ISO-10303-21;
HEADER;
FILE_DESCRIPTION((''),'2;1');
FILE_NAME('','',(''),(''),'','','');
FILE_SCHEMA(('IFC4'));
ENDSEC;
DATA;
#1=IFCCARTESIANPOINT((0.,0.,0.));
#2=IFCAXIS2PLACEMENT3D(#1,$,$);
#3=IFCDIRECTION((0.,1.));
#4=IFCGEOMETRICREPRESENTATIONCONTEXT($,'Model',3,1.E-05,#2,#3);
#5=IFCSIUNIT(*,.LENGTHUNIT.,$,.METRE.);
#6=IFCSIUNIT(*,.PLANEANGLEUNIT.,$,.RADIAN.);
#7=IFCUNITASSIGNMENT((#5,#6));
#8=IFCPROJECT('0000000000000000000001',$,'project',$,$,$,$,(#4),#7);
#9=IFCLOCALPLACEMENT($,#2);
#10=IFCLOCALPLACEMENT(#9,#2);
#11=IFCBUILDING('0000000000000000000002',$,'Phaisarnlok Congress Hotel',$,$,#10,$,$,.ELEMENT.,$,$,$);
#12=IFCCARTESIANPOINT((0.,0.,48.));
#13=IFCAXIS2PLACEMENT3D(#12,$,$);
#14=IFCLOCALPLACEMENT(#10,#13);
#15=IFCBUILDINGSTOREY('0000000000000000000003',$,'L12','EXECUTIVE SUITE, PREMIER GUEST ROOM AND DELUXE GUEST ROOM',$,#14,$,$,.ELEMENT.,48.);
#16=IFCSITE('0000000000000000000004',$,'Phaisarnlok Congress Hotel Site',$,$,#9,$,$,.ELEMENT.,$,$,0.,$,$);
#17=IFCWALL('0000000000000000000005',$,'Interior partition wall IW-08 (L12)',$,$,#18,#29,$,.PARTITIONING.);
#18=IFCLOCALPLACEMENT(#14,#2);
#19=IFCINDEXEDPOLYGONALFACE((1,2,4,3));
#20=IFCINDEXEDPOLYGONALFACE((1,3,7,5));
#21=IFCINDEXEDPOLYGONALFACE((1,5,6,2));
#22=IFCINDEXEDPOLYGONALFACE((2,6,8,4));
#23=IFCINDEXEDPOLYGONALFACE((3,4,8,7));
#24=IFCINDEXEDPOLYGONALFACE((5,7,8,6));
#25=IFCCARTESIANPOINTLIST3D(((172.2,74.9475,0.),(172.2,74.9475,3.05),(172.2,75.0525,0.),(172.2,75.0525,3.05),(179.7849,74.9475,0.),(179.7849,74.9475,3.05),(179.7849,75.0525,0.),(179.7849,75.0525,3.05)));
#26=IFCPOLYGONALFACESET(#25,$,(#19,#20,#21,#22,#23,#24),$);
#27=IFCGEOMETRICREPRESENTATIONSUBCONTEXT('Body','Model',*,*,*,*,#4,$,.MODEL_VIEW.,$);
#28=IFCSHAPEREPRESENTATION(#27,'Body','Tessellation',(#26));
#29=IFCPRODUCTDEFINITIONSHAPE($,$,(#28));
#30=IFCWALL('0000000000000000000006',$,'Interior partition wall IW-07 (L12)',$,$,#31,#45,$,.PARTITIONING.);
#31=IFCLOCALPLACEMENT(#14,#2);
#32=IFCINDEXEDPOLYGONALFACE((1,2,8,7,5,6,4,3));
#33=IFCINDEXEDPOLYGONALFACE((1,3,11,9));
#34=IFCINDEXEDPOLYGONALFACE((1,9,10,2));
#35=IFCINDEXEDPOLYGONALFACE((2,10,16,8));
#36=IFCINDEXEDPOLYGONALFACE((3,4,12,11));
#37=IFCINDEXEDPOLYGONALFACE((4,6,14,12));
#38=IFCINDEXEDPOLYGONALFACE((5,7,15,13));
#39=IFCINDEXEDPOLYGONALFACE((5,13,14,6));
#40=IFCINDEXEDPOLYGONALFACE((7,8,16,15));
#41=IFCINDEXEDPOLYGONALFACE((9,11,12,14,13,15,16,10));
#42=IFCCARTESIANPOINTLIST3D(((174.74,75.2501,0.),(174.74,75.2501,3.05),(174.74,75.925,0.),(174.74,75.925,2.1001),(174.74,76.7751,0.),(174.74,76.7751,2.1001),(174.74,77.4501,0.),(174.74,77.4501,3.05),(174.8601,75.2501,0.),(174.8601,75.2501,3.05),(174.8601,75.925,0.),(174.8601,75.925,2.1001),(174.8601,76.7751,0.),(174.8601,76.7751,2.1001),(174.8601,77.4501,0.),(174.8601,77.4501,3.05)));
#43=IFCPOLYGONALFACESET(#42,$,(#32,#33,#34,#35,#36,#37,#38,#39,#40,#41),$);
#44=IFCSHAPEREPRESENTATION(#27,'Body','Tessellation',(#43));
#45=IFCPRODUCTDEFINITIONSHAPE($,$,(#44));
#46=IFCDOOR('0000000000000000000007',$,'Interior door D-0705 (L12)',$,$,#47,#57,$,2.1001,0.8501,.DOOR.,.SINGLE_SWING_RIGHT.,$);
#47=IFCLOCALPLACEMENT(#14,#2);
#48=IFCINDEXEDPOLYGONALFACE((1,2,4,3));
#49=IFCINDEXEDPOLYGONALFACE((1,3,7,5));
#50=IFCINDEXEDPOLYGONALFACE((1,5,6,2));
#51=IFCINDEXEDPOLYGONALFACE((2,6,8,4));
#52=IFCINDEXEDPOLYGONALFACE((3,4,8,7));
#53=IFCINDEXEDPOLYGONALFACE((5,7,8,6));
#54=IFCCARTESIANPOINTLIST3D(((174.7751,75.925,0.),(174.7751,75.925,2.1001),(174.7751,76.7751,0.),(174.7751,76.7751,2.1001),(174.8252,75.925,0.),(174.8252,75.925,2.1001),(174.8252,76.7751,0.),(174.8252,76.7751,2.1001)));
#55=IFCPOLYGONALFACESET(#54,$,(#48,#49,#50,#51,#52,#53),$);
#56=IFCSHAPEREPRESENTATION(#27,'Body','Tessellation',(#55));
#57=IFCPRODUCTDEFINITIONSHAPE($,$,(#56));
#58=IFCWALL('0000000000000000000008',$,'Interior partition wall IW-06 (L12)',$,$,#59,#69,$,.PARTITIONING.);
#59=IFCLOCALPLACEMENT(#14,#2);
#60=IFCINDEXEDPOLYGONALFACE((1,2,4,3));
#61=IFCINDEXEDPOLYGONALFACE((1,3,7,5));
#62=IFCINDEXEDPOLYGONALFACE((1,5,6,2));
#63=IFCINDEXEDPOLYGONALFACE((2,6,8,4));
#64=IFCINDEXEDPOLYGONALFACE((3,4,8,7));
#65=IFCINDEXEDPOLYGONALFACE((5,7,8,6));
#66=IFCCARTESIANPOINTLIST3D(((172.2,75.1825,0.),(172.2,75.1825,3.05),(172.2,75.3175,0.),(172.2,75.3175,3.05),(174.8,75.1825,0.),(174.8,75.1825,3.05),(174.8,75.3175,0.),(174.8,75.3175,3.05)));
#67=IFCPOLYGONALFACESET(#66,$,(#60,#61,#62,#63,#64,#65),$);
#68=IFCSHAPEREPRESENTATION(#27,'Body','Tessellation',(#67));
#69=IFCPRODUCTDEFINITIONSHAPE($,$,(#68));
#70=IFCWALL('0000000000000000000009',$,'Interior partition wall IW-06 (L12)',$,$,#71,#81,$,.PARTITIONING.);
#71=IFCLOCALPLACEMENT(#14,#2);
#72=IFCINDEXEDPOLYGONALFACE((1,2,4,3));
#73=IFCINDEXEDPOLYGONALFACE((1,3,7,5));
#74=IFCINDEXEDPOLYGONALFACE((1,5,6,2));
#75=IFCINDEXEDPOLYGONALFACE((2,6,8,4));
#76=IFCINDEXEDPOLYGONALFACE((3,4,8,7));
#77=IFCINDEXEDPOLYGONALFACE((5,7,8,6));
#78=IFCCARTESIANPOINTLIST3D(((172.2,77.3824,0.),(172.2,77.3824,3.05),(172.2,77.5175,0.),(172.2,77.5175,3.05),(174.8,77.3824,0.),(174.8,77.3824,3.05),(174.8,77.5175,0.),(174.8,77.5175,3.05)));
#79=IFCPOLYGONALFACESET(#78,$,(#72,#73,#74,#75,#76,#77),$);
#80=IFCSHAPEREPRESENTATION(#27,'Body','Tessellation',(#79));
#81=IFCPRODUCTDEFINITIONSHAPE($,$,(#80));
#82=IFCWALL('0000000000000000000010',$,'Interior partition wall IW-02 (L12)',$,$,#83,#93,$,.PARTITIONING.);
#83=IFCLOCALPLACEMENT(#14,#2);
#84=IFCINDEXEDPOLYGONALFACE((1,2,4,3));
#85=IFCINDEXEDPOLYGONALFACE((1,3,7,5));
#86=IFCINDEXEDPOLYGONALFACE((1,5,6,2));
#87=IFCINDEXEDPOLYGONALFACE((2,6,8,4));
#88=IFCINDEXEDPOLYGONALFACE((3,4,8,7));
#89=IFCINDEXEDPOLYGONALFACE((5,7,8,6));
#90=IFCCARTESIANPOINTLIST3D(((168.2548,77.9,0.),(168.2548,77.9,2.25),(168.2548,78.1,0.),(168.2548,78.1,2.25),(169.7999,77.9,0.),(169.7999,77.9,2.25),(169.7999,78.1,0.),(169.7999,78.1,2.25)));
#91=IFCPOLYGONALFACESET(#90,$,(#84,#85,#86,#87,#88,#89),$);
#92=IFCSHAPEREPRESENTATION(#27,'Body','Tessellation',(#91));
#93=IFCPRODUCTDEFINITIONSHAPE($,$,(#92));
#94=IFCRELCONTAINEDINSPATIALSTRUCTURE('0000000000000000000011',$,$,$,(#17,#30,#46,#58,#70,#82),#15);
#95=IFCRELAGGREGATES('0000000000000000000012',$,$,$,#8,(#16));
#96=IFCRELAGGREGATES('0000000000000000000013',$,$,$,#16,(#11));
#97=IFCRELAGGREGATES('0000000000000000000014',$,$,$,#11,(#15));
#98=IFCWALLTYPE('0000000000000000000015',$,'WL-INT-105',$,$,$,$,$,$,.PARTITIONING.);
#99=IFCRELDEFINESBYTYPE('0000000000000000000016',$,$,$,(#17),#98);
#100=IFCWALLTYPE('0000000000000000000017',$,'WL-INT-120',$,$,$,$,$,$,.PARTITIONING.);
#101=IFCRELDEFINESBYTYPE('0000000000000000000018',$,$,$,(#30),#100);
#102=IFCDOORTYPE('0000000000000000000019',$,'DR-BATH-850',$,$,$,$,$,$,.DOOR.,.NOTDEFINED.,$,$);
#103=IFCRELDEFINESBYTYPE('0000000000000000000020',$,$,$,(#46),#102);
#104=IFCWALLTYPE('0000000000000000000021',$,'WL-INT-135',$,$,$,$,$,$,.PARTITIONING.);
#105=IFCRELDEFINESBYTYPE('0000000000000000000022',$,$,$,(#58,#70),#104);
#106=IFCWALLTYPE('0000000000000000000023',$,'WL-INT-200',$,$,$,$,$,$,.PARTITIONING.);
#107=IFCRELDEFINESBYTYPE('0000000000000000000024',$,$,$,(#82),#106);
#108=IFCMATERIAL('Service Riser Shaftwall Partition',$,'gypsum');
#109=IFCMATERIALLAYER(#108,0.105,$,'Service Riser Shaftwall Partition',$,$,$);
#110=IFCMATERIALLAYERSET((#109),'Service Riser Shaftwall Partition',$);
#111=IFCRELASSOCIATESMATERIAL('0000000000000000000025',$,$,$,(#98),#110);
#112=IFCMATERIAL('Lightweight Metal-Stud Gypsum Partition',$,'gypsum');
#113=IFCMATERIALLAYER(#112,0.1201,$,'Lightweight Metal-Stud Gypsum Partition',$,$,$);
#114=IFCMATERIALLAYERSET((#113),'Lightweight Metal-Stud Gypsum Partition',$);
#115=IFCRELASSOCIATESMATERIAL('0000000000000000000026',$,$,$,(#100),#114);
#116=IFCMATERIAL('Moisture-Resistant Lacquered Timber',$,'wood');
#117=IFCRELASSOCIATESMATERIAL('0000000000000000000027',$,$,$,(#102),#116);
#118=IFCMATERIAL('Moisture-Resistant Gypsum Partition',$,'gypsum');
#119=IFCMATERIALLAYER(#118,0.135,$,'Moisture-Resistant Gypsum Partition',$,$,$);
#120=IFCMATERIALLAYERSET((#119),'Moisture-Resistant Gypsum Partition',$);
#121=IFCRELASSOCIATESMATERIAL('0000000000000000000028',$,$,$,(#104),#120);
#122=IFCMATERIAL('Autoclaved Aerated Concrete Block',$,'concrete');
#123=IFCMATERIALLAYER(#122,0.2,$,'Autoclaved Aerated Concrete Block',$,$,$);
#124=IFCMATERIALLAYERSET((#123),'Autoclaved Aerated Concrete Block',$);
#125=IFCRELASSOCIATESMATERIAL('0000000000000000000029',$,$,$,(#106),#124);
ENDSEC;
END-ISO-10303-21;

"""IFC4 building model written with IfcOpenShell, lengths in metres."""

from ifc_helpers import new_model, si_unit, direction, frame, frame_2d, origin, place, context, subcontext, project, spatial, rectangle, extrude, material, layer, layer_set, type_object, element, fill, save


model = new_model("IFC4")

# Units and contexts
model_context = context("Model", 3, precision=1e-05, world=origin(), true_north=direction((0.0, 1.0)))
body_context = subcontext(model_context, "Body", "Model", "MODEL_VIEW")
ifc_project = project(units=[si_unit("LENGTHUNIT", "METRE"), si_unit("PLANEANGLEUNIT", "RADIAN")], contexts=[model_context])

# Site, building, storey
site_placement = place(None, origin())
site = spatial("IfcSite", under=ifc_project, at=site_placement, Name="Phaisarnlok Congress Hotel Site", CompositionType="ELEMENT", RefElevation=0.0)
building_placement = place(site_placement, origin())
building = spatial("IfcBuilding", under=site, at=building_placement, Name="Phaisarnlok Congress Hotel", CompositionType="ELEMENT")
storey_placement = place(building_placement, frame((0.0, 0.0, 48.0)))
storey = spatial("IfcBuildingStorey", under=building, at=storey_placement, Name="L12", Description="EXECUTIVE SUITE, PREMIER GUEST ROOM AND DELUXE GUEST ROOM", CompositionType="ELEMENT", Elevation=48.0)

# Wall
ifc_material_1 = material(Name="Service Riser Shaftwall Partition", Category="gypsum")
ifc_layer_1 = layer(ifc_material_1, 0.105, Name="Service Riser Shaftwall Partition")
ifc_layer_set_1 = layer_set([ifc_layer_1], Name="Service Riser Shaftwall Partition")
wall_type_1 = type_object("IfcWallType", Name="WL-INT-105", PredefinedType="PARTITIONING", material=ifc_layer_set_1)
wall_1_placement = place(storey_placement, frame((172.2, 75.0, 0.0), z_axis=(0.0, 0.0, 1.0), x_axis=(1.0, 0.0, 0.0)))
element("IfcWall", 1, at=wall_1_placement, inside=storey, type_object=wall_type_1, Name="Interior partition wall IW-08 (L12)", PredefinedType="PARTITIONING", context=body_context, shape_type="SweptSolid", body=[
    extrude(rectangle(XDim=7.585, YDim=0.105, at=frame_2d((3.7925, 0.0))), origin(), (0.0, 0.0, 1.0), 3.05),
])

# Wall, opening, door
ifc_material_2 = material(Name="Lightweight Metal-Stud Gypsum Partition", Category="gypsum")
ifc_layer_2 = layer(ifc_material_2, 0.1201, Name="Lightweight Metal-Stud Gypsum Partition")
ifc_layer_set_2 = layer_set([ifc_layer_2], Name="Lightweight Metal-Stud Gypsum Partition")
wall_type_2 = type_object("IfcWallType", Name="WL-INT-120", PredefinedType="PARTITIONING", material=ifc_layer_set_2)
wall_2_placement = place(storey_placement, frame((174.8, 75.25, 0.0), z_axis=(0.0, 0.0, 1.0), x_axis=(0.0, 1.0, 0.0)))
wall_2 = element("IfcWall", 2, at=wall_2_placement, inside=storey, type_object=wall_type_2, Name="Interior partition wall IW-07 (L12)", PredefinedType="PARTITIONING", context=body_context, shape_type="SweptSolid", body=[
    extrude(rectangle(XDim=2.2, YDim=0.1201, at=frame_2d((1.1001, 0.0))), origin(), (0.0, 0.0, 1.0), 3.05),
])
opening_1_placement = place(wall_2_placement, frame((0.675, 0.0, 0.0)))
opening_1 = element("IfcOpeningElement", 3, at=opening_1_placement, cuts=wall_2, PredefinedType="OPENING", context=body_context, shape_type="SweptSolid", body=[
    extrude(rectangle(XDim=0.8501, YDim=2.1001, at=frame_2d((0.425, 1.05))), frame((0.0, 0.0701, 0.0), z_axis=(0.0, -1.0, 0.0), x_axis=(1.0, 0.0, 0.0)), (0.0, 0.0, 1.0), 0.1401),
])
ifc_material_3 = material(Name="Moisture-Resistant Lacquered Timber", Category="wood")
door_type = type_object("IfcDoorType", Name="DR-BATH-850", OperationType="NOTDEFINED", PredefinedType="DOOR", material=ifc_material_3)
door_placement = place(opening_1_placement, origin())
door = element("IfcDoor", 4, at=door_placement, inside=storey, type_object=door_type, Name="Interior door D-0705 (L12)", OperationType="SINGLE_SWING_RIGHT", OverallHeight=2.1001, OverallWidth=0.8501, PredefinedType="DOOR", context=body_context, shape_type="SweptSolid", body=[
    extrude(rectangle(XDim=0.8501, YDim=2.1001, at=frame_2d((0.425, 1.05))), frame((0.0, 0.0249, 0.0), z_axis=(0.0, -1.0, 0.0), x_axis=(1.0, 0.0, 0.0)), (0.0, 0.0, 1.0), 0.05),
])
fill(opening_1, door)

# Walls
ifc_material_4 = material(Name="Moisture-Resistant Gypsum Partition", Category="gypsum")
ifc_layer_3 = layer(ifc_material_4, 0.135, Name="Moisture-Resistant Gypsum Partition")
ifc_layer_set_3 = layer_set([ifc_layer_3], Name="Moisture-Resistant Gypsum Partition")
wall_type_3 = type_object("IfcWallType", Name="WL-INT-135", PredefinedType="PARTITIONING", material=ifc_layer_set_3)
for number, where, z_axis, x_axis, name in (
    (5, (172.2, 75.25, 0.0), (0.0, 0.0, 1.0), (1.0, 0.0, 0.0), "Interior partition wall IW-06 (L12)"),
    (6, (172.2, 77.45, 0.0), (0.0, 0.0, 1.0), (1.0, 0.0, 0.0), "Interior partition wall IW-06 (L12)"),
):
    element("IfcWall", number, at=place(storey_placement, frame(where, z_axis=z_axis, x_axis=x_axis)), inside=storey, type_object=wall_type_3, Name=name, PredefinedType="PARTITIONING", context=body_context, shape_type="SweptSolid", body=[
        extrude(rectangle(XDim=2.6001, YDim=0.135, at=frame_2d((1.3, 0.0))), origin(), (0.0, 0.0, 1.0), 3.05),
    ])
ifc_material_5 = material(Name="Autoclaved Aerated Concrete Block", Category="concrete")
ifc_layer_4 = layer(ifc_material_5, 0.2, Name="Autoclaved Aerated Concrete Block")
ifc_layer_set_4 = layer_set([ifc_layer_4], Name="Autoclaved Aerated Concrete Block")
wall_type_4 = type_object("IfcWallType", Name="WL-INT-200", PredefinedType="PARTITIONING", material=ifc_layer_set_4)
wall_3_placement = place(storey_placement, frame((168.2549, 78.0, 0.0), z_axis=(0.0, 0.0, 1.0), x_axis=(1.0, 0.0, 0.0)))
element("IfcWall", 7, at=wall_3_placement, inside=storey, type_object=wall_type_4, Name="Interior partition wall IW-02 (L12)", PredefinedType="PARTITIONING", context=body_context, shape_type="SweptSolid", body=[
    extrude(rectangle(XDim=1.5452, YDim=0.2, at=frame_2d((0.7725, 0.0))), origin(), (0.0, 0.0, 1.0), 2.25),
])

save(model, "model.ifc")
